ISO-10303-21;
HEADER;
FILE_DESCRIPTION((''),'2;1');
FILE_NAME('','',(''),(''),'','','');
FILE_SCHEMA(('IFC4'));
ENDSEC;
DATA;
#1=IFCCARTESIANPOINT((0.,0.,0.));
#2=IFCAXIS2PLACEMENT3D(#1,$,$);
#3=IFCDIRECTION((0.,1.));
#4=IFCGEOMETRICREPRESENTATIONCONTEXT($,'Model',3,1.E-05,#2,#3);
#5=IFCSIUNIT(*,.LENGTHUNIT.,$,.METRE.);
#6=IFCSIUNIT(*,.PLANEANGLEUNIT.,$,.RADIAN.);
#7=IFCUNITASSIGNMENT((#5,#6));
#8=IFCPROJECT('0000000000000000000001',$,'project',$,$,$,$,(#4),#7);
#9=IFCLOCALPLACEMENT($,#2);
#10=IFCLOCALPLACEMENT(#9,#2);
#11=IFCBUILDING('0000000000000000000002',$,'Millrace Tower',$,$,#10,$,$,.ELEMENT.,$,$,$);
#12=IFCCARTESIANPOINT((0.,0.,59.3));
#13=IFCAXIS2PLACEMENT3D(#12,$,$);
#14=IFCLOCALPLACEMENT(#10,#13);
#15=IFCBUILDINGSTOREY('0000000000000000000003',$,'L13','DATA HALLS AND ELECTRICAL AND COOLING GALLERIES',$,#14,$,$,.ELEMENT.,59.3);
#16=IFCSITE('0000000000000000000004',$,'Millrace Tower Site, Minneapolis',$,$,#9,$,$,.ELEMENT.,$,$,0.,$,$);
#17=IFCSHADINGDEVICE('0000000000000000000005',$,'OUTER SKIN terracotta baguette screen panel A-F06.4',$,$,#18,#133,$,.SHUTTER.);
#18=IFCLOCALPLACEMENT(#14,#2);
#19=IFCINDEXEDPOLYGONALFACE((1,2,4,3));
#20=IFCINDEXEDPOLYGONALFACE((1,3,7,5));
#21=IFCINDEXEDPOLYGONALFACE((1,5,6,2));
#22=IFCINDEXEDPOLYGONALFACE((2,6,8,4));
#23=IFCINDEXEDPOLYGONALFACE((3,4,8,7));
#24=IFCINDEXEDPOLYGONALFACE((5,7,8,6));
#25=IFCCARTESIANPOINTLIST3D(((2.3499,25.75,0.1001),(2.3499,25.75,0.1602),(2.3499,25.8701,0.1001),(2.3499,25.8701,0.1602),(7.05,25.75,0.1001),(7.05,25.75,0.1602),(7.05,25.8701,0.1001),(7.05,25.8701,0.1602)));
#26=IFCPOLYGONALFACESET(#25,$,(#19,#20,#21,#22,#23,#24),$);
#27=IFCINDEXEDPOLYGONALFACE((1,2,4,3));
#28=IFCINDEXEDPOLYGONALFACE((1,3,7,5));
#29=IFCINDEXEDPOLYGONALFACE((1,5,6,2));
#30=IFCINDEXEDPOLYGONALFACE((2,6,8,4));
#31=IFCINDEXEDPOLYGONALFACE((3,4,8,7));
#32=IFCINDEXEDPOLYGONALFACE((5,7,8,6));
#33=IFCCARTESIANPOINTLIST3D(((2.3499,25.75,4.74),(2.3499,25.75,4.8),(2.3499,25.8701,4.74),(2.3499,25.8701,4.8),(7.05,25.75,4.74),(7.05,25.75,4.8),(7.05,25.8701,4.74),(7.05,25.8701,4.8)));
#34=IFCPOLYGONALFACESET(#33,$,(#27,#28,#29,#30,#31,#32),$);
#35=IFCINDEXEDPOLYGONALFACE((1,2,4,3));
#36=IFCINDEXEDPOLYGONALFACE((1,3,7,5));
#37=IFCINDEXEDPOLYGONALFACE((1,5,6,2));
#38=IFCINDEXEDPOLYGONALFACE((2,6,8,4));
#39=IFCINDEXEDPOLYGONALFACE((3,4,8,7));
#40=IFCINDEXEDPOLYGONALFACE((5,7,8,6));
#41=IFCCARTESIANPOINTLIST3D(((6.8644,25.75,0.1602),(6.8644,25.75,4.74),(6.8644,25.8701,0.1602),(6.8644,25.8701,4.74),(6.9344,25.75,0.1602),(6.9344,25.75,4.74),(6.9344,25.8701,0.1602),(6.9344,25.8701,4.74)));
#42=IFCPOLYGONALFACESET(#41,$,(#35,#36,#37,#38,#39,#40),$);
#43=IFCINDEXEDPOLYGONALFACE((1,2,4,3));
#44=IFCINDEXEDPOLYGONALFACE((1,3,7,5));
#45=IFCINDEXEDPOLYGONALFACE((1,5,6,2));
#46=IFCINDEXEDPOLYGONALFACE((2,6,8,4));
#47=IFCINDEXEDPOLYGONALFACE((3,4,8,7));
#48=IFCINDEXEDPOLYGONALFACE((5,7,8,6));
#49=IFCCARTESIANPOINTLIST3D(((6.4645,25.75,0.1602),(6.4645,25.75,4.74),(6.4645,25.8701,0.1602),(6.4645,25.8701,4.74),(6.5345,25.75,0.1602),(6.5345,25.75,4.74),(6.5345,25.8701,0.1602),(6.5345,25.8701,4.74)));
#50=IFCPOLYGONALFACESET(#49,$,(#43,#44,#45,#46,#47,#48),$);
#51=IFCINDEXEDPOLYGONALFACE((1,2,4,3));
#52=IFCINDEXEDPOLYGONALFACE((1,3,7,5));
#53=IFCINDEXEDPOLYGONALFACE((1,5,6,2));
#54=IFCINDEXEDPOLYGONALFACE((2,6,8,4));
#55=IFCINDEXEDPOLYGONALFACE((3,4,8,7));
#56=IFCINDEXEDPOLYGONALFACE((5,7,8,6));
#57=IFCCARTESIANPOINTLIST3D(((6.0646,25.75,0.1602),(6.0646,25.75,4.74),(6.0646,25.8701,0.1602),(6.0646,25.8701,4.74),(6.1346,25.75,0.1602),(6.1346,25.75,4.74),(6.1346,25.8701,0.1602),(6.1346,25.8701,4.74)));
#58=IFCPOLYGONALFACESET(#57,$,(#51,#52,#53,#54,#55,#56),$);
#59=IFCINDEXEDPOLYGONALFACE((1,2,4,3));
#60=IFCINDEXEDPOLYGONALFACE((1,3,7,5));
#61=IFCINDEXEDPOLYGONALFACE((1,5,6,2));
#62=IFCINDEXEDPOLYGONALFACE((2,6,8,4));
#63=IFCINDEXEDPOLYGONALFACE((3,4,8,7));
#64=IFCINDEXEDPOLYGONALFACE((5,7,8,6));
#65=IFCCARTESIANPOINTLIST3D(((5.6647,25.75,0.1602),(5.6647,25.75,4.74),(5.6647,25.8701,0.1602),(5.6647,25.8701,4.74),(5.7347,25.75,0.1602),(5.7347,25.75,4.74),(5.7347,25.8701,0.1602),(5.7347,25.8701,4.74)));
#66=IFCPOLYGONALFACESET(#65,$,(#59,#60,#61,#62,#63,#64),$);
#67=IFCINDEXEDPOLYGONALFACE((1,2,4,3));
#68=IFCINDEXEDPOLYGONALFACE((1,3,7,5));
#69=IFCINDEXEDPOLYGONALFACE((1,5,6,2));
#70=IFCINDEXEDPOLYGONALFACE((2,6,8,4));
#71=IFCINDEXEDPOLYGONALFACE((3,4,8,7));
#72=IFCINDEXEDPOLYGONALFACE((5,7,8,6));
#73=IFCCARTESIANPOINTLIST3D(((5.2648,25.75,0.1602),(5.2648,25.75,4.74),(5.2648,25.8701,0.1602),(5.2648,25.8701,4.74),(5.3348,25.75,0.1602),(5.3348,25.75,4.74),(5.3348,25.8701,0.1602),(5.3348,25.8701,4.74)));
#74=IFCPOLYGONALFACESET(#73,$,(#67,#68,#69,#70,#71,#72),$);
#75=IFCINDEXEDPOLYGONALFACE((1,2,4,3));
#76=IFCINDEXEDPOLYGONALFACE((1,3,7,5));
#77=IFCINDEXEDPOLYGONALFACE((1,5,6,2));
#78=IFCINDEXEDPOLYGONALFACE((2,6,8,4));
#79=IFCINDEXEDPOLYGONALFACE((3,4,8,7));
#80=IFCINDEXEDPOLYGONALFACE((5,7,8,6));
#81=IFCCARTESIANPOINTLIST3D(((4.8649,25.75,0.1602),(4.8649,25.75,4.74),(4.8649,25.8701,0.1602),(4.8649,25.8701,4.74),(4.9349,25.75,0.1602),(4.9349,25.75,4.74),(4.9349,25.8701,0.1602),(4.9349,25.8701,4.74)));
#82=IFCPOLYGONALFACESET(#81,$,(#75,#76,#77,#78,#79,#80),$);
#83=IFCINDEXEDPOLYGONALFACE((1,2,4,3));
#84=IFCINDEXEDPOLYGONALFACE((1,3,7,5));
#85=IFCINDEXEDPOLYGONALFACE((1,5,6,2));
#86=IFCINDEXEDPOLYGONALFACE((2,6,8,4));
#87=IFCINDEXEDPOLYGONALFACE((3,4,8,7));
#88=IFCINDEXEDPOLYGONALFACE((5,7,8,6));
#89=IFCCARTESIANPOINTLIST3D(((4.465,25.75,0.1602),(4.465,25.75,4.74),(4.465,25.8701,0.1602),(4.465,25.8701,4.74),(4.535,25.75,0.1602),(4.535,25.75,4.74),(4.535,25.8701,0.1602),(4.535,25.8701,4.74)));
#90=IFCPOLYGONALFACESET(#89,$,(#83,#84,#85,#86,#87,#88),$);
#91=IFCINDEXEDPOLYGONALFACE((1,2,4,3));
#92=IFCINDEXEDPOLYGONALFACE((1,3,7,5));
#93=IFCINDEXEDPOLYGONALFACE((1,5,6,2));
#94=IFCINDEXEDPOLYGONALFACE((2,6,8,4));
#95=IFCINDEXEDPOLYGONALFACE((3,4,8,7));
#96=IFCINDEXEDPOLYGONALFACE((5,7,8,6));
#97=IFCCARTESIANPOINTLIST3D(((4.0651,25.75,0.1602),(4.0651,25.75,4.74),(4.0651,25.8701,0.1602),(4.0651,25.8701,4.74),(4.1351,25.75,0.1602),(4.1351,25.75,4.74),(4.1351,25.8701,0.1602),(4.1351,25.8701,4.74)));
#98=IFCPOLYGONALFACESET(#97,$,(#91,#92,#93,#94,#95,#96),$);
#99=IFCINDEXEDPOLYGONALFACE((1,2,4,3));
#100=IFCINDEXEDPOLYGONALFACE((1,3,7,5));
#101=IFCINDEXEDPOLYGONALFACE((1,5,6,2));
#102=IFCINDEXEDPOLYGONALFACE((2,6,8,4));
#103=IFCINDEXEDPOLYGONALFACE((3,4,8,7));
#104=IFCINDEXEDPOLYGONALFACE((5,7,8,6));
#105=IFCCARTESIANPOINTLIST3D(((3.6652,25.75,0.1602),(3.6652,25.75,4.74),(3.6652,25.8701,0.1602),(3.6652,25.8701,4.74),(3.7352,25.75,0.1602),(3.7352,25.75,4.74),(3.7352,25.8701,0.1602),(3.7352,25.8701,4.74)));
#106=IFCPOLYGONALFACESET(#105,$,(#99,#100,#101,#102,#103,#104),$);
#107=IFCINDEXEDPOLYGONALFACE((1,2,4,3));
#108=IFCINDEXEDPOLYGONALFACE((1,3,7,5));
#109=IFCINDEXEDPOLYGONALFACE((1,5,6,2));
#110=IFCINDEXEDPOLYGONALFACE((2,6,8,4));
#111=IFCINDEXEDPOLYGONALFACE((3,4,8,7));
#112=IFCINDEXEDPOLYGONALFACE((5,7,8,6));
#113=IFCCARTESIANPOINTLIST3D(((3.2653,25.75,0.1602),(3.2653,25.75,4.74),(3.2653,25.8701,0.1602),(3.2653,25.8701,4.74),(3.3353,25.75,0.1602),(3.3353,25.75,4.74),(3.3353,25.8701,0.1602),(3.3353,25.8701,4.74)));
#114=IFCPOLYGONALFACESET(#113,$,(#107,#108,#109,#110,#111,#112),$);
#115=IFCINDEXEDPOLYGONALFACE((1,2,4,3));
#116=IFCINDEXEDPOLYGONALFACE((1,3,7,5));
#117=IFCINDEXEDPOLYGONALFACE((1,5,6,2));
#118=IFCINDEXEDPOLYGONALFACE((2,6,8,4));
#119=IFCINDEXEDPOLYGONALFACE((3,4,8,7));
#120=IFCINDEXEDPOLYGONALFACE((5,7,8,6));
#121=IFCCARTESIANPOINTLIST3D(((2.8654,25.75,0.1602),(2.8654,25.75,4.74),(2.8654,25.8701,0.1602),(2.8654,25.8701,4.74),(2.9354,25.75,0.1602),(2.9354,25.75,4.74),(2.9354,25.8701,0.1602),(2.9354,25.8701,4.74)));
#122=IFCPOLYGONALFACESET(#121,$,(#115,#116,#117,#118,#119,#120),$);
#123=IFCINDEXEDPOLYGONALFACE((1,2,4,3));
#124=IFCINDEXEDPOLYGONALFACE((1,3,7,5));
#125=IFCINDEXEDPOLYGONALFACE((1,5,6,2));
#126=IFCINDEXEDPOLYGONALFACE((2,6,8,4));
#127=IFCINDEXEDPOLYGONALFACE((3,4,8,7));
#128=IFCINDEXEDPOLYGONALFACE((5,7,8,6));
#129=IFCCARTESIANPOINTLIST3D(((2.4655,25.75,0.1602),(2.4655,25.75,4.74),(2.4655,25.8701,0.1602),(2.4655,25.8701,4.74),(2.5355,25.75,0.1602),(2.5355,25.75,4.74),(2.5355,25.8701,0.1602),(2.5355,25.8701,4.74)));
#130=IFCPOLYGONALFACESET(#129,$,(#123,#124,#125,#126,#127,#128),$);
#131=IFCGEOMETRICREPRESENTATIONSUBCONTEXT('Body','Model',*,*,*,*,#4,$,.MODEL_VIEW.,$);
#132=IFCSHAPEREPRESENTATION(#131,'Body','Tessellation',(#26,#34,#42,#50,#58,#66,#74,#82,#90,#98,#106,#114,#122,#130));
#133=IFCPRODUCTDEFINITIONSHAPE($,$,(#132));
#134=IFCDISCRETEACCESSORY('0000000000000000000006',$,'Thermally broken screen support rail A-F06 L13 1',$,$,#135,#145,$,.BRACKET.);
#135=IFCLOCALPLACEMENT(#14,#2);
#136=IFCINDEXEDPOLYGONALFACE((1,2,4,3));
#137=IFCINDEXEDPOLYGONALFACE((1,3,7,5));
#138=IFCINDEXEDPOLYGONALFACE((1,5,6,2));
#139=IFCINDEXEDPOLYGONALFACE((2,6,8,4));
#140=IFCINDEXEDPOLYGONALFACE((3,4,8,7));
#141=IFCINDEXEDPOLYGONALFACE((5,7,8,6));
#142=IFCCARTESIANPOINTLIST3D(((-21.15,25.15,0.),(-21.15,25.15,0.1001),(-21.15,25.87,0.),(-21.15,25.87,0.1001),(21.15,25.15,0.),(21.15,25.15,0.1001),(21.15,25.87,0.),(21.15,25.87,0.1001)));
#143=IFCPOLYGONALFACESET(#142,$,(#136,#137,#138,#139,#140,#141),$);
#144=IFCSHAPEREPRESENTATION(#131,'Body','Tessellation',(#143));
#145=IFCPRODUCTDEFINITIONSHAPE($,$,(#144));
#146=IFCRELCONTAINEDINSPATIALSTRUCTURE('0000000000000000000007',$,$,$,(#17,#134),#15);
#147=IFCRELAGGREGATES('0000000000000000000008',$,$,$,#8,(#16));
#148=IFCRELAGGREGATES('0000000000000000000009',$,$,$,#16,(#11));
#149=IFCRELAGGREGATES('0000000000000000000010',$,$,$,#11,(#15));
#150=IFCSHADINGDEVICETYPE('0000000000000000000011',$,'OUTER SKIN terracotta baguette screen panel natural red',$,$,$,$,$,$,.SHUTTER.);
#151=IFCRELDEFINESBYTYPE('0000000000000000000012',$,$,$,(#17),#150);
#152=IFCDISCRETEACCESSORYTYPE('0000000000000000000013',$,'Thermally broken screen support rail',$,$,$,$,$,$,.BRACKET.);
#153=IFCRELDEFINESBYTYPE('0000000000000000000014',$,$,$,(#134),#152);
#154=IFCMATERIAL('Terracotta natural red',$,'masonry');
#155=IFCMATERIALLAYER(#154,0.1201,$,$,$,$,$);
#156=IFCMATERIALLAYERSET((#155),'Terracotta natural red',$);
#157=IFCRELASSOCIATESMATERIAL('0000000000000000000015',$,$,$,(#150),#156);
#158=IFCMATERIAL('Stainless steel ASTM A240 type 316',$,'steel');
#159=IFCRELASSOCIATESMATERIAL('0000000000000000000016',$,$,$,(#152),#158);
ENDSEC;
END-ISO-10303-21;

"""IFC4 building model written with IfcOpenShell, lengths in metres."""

from ifc_helpers import new_model, entity, si_unit, direction, frame, frame_2d, origin, origin_2d, place, context, subcontext, project, spatial, rectangle, extrude, source, transform, mapped, material, layer, layer_set, type_object, element, save


model = new_model("IFC4")

# Units and contexts
model_context = context("Model", 3, precision=1e-05, world=origin(), true_north=direction((0.0, 1.0)))
body_context = subcontext(model_context, "Body", "Model", "MODEL_VIEW")
ifc_project = project(units=[si_unit("LENGTHUNIT", "METRE"), si_unit("PLANEANGLEUNIT", "RADIAN")], contexts=[model_context])

# Site, building, storey
site_placement = place(None, origin())
site = spatial("IfcSite", under=ifc_project, at=site_placement, Name="Millrace Tower Site, Minneapolis", CompositionType="ELEMENT", RefElevation=0.0)
building_placement = place(site_placement, origin())
building = spatial("IfcBuilding", under=site, at=building_placement, Name="Millrace Tower", CompositionType="ELEMENT")
storey_placement = place(building_placement, frame((0.0, 0.0, 59.3)))
storey = spatial("IfcBuildingStorey", under=building, at=storey_placement, Name="L13", Description="DATA HALLS AND ELECTRICAL AND COOLING GALLERIES", CompositionType="ELEMENT", Elevation=59.3)

# Shading device
cartesian_point = entity("IfcCartesianPoint", [-2.3501, 0.0601])
shared_polyline = entity("IfcPolyline", [cartesian_point, entity("IfcCartesianPoint", [2.3501, 0.0601]), entity("IfcCartesianPoint", [2.3501, -0.0601]), entity("IfcCartesianPoint", [-2.3501, -0.0601]), cartesian_point])
ifc_material_1 = material(Name="Terracotta natural red", Category="masonry")
ifc_layer_1 = layer(ifc_material_1, 0.1201)
ifc_layer_set_1 = layer_set([ifc_layer_1], Name="Terracotta natural red")
shading_device_type_1 = type_object("IfcShadingDeviceType", Name="OUTER SKIN terracotta baguette screen panel natural red", PredefinedType="SHUTTER", material=ifc_layer_set_1)
shared_shape_1 = source(origin(), body_context, "Body", "SweptSolid", [
    entity("IfcExtrudedAreaSolid", entity("IfcArbitraryClosedProfileDef", "AREA", None, shared_polyline), entity("IfcAxis2Placement3D", entity("IfcCartesianPoint", [0.0, 0.0, 0.0])), entity("IfcDirection", [0.0, 0.0, 1.0]), 0.0601),
    entity("IfcExtrudedAreaSolid", entity("IfcArbitraryClosedProfileDef", "AREA", None, shared_polyline), entity("IfcAxis2Placement3D", entity("IfcCartesianPoint", [0.0, 0.0, 4.6399])), entity("IfcDirection", [0.0, 0.0, 1.0]), 0.0601),
    extrude(rectangle(XDim=0.0701, YDim=0.1201, at=frame_2d((-2.1995, 0.0))), frame((0.0, 0.0, 0.0601)), (0.0, 0.0, 1.0), 4.5798),
    extrude(rectangle(XDim=0.0701, YDim=0.1201, at=frame_2d((-1.7996, 0.0))), frame((0.0, 0.0, 0.0601)), (0.0, 0.0, 1.0), 4.5798),
    extrude(rectangle(XDim=0.0701, YDim=0.1201, at=frame_2d((-1.3997, 0.0))), frame((0.0, 0.0, 0.0601)), (0.0, 0.0, 1.0), 4.5798),
    extrude(rectangle(XDim=0.0701, YDim=0.1201, at=frame_2d((-0.9998, 0.0))), frame((0.0, 0.0, 0.0601)), (0.0, 0.0, 1.0), 4.5798),
    extrude(rectangle(XDim=0.0701, YDim=0.1201, at=frame_2d((-0.5999, 0.0))), frame((0.0, 0.0, 0.0601)), (0.0, 0.0, 1.0), 4.5798),
    extrude(rectangle(XDim=0.0701, YDim=0.1201, at=frame_2d((-0.2, 0.0))), frame((0.0, 0.0, 0.0601)), (0.0, 0.0, 1.0), 4.5798),
    extrude(rectangle(XDim=0.0701, YDim=0.1201, at=frame_2d((0.2, 0.0))), frame((0.0, 0.0, 0.0601)), (0.0, 0.0, 1.0), 4.5798),
    extrude(rectangle(XDim=0.0701, YDim=0.1201, at=frame_2d((0.5999, 0.0))), frame((0.0, 0.0, 0.0601)), (0.0, 0.0, 1.0), 4.5798),
    extrude(rectangle(XDim=0.0701, YDim=0.1201, at=frame_2d((0.9998, 0.0))), frame((0.0, 0.0, 0.0601)), (0.0, 0.0, 1.0), 4.5798),
    extrude(rectangle(XDim=0.0701, YDim=0.1201, at=frame_2d((1.3997, 0.0))), frame((0.0, 0.0, 0.0601)), (0.0, 0.0, 1.0), 4.5798),
    extrude(rectangle(XDim=0.0701, YDim=0.1201, at=frame_2d((1.7996, 0.0))), frame((0.0, 0.0, 0.0601)), (0.0, 0.0, 1.0), 4.5798),
    extrude(rectangle(XDim=0.0701, YDim=0.1201, at=frame_2d((2.1995, 0.0))), frame((0.0, 0.0, 0.0601)), (0.0, 0.0, 1.0), 4.5798),
])
for number, where, z_axis, x_axis, name in (
    (1, (4.7, 25.8101, 0.1001), (0.0, 0.0, 1.0), (-1.0, 0.0, 0.0), "OUTER SKIN terracotta baguette screen panel A-F06.4"),
):
    element("IfcShadingDevice", number, at=place(storey_placement, frame(where, z_axis=z_axis, x_axis=x_axis)), inside=storey, type_object=shading_device_type_1, Name=name, PredefinedType="SHUTTER", context=body_context, shape_type="MappedRepresentation", body=[
        mapped(shared_shape_1, transform((0.0, 0.0, 0.0), scale=1.0)),
    ])

# Discrete accessory
ifc_material_2 = material(Name="Stainless steel ASTM A240 type 316", Category="steel")
discrete_accessory_type = type_object("IfcDiscreteAccessoryType", Name="Thermally broken screen support rail", PredefinedType="BRACKET", material=ifc_material_2)
discrete_accessory_placement = place(storey_placement, frame((0.0, 25.51, 0.0), z_axis=(0.0, 0.0, 1.0), x_axis=(-1.0, 0.0, 0.0)))
element("IfcDiscreteAccessory", 2, at=discrete_accessory_placement, inside=storey, type_object=discrete_accessory_type, Name="Thermally broken screen support rail A-F06 L13 1", PredefinedType="BRACKET", context=body_context, shape_type="SweptSolid", body=[
    extrude(rectangle(XDim=42.3, YDim=0.72, at=origin_2d()), origin(), (0.0, 0.0, 1.0), 0.1001),
])

save(model, "model.ifc")
